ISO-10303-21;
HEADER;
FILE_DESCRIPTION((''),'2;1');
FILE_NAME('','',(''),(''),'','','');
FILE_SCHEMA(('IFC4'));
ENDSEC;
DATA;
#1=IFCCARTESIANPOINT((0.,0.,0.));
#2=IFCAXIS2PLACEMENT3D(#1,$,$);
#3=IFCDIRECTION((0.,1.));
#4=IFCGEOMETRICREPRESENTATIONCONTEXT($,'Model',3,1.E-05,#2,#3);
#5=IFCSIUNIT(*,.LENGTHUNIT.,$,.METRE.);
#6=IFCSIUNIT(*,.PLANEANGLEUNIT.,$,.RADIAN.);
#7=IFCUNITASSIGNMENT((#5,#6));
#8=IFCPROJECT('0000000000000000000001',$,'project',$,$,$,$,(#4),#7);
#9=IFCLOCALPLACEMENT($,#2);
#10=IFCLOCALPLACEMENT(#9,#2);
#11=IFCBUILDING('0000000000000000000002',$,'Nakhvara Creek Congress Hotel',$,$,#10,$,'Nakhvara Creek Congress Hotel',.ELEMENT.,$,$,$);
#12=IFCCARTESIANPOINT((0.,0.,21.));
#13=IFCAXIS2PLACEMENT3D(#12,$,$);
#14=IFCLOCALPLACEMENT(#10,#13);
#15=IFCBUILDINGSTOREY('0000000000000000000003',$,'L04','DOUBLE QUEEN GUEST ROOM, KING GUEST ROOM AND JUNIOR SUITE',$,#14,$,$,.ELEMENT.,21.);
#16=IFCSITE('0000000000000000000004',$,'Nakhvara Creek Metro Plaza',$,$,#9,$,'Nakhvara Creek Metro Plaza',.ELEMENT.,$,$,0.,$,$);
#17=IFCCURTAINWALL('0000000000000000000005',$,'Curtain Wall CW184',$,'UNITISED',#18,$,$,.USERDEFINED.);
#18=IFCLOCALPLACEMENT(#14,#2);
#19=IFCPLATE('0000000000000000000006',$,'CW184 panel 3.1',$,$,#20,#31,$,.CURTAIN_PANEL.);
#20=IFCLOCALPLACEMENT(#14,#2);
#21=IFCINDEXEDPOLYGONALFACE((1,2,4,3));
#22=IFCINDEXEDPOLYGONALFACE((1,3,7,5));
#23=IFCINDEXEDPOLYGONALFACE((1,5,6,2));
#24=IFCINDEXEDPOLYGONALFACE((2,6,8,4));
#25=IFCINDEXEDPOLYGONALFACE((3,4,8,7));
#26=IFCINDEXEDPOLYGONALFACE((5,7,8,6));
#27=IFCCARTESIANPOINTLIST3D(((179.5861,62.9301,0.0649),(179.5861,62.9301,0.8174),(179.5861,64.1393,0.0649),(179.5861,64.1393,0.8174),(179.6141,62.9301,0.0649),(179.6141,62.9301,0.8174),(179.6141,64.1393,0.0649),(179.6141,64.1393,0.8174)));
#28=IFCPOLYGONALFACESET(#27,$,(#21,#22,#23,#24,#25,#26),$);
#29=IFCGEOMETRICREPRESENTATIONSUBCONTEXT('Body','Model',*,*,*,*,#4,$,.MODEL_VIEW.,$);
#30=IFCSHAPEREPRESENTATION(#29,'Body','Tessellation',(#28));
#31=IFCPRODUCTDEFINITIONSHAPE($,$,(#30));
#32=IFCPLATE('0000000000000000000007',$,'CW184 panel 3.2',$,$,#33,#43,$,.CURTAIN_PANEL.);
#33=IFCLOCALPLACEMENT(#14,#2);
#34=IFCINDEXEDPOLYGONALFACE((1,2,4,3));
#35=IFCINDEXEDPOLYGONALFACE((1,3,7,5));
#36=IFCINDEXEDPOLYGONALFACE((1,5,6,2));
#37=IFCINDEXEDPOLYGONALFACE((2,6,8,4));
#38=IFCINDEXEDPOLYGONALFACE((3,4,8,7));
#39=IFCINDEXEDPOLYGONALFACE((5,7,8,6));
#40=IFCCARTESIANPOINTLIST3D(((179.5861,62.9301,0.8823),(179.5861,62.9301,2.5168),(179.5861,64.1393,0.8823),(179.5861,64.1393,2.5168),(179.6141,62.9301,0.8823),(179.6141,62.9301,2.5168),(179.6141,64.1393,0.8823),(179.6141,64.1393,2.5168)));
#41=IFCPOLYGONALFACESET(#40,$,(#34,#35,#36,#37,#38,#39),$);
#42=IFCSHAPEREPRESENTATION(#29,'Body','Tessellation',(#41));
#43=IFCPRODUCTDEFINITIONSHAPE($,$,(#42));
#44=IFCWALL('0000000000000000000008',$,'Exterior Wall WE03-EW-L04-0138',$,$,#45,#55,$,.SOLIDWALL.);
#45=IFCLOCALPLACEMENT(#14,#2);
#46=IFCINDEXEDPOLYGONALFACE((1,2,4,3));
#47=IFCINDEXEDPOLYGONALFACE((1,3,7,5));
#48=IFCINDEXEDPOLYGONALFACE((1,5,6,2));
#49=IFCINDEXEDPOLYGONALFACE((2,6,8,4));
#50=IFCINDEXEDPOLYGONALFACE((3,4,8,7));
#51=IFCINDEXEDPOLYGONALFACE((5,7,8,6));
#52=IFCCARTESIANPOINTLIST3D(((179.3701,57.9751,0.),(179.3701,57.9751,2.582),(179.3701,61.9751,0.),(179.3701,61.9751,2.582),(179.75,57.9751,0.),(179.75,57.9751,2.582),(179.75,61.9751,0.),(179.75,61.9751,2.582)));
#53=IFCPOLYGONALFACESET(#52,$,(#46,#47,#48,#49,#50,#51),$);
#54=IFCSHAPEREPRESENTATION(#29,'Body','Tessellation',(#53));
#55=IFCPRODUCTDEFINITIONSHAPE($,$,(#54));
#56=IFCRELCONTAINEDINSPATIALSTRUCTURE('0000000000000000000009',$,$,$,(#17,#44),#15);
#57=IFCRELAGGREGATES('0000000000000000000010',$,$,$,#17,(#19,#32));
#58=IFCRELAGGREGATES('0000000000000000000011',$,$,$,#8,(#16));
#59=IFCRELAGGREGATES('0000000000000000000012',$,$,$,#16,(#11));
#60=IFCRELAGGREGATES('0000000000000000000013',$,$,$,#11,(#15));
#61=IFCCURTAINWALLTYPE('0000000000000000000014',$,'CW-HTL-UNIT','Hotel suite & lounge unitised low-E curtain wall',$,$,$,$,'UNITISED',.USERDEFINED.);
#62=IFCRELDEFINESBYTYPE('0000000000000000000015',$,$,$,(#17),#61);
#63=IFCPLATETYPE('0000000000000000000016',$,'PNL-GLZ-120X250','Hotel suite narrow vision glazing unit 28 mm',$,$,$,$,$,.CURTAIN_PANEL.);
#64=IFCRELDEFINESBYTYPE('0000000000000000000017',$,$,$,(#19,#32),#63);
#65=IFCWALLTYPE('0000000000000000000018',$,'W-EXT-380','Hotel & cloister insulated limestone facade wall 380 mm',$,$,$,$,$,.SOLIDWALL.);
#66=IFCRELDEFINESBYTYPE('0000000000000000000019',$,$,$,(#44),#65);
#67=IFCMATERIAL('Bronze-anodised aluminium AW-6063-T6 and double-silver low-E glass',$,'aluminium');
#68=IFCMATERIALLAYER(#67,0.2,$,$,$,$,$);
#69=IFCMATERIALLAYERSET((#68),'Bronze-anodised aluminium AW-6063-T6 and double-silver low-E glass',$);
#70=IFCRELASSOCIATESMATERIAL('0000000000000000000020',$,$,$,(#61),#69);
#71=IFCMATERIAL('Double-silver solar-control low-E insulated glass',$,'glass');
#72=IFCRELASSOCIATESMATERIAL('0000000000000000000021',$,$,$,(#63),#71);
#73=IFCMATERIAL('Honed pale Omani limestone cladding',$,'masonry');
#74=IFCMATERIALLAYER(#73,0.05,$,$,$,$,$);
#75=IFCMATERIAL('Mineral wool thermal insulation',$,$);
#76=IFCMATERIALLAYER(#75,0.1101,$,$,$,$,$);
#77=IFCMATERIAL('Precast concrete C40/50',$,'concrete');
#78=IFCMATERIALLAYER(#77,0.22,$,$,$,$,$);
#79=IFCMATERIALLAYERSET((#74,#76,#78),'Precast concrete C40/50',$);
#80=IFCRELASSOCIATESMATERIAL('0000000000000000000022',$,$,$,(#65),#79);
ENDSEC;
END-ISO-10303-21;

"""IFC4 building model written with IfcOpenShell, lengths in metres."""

from ifc_helpers import new_model, si_unit, direction, frame, frame_2d, origin, origin_2d, place, context, subcontext, project, spatial, rectangle, extrude, material, layer, layer_set, type_object, element, aggregate, save


model = new_model("IFC4")

# Units and contexts
model_context = context("Model", 3, precision=1e-05, world=origin(), true_north=direction((0.0, 1.0)))
body_context = subcontext(model_context, "Body", "Model", "MODEL_VIEW")
ifc_project = project(units=[si_unit("LENGTHUNIT", "METRE"), si_unit("PLANEANGLEUNIT", "RADIAN")], contexts=[model_context])

# Site, building, storey
site_placement = place(None, origin())
site = spatial("IfcSite", under=ifc_project, at=site_placement, Name="Nakhvara Creek Metro Plaza", LongName="Nakhvara Creek Metro Plaza", CompositionType="ELEMENT", RefElevation=0.0)
building_placement = place(site_placement, origin())
building = spatial("IfcBuilding", under=site, at=building_placement, Name="Nakhvara Creek Congress Hotel", LongName="Nakhvara Creek Congress Hotel", CompositionType="ELEMENT")
storey_placement = place(building_placement, frame((0.0, 0.0, 21.0)))
storey = spatial("IfcBuildingStorey", under=building, at=storey_placement, Name="L04", Description="DOUBLE QUEEN GUEST ROOM, KING GUEST ROOM AND JUNIOR SUITE", CompositionType="ELEMENT", Elevation=21.0)

# Curtain wall
ifc_material_1 = material(Name="Bronze-anodised aluminium AW-6063-T6 and double-silver low-E glass", Category="aluminium")
ifc_layer_1 = layer(ifc_material_1, 0.2)
ifc_layer_set_1 = layer_set([ifc_layer_1], Name="Bronze-anodised aluminium AW-6063-T6 and double-silver low-E glass")
curtain_wall_type = type_object("IfcCurtainWallType", Name="CW-HTL-UNIT", Description="Hotel suite & lounge unitised low-E curtain wall", ElementType="UNITISED", PredefinedType="USERDEFINED", material=ifc_layer_set_1)
curtain_wall_1_placement = place(storey_placement, origin())
curtain_wall_1 = element("IfcCurtainWall", 1, at=curtain_wall_1_placement, inside=storey, type_object=curtain_wall_type, Name="Curtain Wall CW184", ObjectType="UNITISED", PredefinedType="USERDEFINED")

# Plates
ifc_material_2 = material(Name="Double-silver solar-control low-E insulated glass", Category="glass")
plate_type = type_object("IfcPlateType", Name="PNL-GLZ-120X250", Description="Hotel suite narrow vision glazing unit 28 mm", PredefinedType="CURTAIN_PANEL", material=ifc_material_2)
plate_1_placement = place(storey_placement, frame((179.6001, 63.5347, 0.0649), z_axis=(0.0, 0.0, 1.0), x_axis=(0.0, -1.0, 0.0)))
plate_1 = element("IfcPlate", 2, at=plate_1_placement, type_object=plate_type, Name="CW184 panel 3.1", PredefinedType="CURTAIN_PANEL", context=body_context, shape_type="SweptSolid", body=[
    extrude(rectangle(XDim=1.2092, YDim=0.0281, at=origin_2d()), origin(), (0.0, 0.0, 1.0), 0.7524),
])
plate_2_placement = place(storey_placement, frame((179.6001, 63.5347, 0.8823), z_axis=(0.0, 0.0, 1.0), x_axis=(0.0, -1.0, 0.0)))
plate_2 = element("IfcPlate", 3, at=plate_2_placement, type_object=plate_type, Name="CW184 panel 3.2", PredefinedType="CURTAIN_PANEL", context=body_context, shape_type="SweptSolid", body=[
    extrude(rectangle(XDim=1.2092, YDim=0.0281, at=origin_2d()), origin(), (0.0, 0.0, 1.0), 1.6345),
])
aggregate(curtain_wall_1, [plate_1, plate_2])

# Wall
ifc_material_3 = material(Name="Honed pale Omani limestone cladding", Category="masonry")
ifc_layer_2 = layer(ifc_material_3, 0.05)
ifc_material_4 = material(Name="Mineral wool thermal insulation")
ifc_layer_3 = layer(ifc_material_4, 0.1101)
ifc_material_5 = material(Name="Precast concrete C40/50", Category="concrete")
ifc_layer_4 = layer(ifc_material_5, 0.22)
ifc_layer_set_2 = layer_set([ifc_layer_2, ifc_layer_3, ifc_layer_4], Name="Precast concrete C40/50")
wall_type = type_object("IfcWallType", Name="W-EXT-380", Description="Hotel & cloister insulated limestone facade wall 380 mm", PredefinedType="SOLIDWALL", material=ifc_layer_set_2)
wall_placement = place(storey_placement, frame((179.5601, 61.9751, 0.0), z_axis=(0.0, 0.0, 1.0), x_axis=(0.0, -1.0, 0.0)))
element("IfcWall", 4, at=wall_placement, inside=storey, type_object=wall_type, Name="Exterior Wall WE03-EW-L04-0138", PredefinedType="SOLIDWALL", context=body_context, shape_type="SweptSolid", body=[
    extrude(rectangle(XDim=4.0, YDim=0.3799, at=frame_2d((2.0, 0.0))), origin(), (0.0, 0.0, 1.0), 2.582),
])

save(model, "model.ifc")
